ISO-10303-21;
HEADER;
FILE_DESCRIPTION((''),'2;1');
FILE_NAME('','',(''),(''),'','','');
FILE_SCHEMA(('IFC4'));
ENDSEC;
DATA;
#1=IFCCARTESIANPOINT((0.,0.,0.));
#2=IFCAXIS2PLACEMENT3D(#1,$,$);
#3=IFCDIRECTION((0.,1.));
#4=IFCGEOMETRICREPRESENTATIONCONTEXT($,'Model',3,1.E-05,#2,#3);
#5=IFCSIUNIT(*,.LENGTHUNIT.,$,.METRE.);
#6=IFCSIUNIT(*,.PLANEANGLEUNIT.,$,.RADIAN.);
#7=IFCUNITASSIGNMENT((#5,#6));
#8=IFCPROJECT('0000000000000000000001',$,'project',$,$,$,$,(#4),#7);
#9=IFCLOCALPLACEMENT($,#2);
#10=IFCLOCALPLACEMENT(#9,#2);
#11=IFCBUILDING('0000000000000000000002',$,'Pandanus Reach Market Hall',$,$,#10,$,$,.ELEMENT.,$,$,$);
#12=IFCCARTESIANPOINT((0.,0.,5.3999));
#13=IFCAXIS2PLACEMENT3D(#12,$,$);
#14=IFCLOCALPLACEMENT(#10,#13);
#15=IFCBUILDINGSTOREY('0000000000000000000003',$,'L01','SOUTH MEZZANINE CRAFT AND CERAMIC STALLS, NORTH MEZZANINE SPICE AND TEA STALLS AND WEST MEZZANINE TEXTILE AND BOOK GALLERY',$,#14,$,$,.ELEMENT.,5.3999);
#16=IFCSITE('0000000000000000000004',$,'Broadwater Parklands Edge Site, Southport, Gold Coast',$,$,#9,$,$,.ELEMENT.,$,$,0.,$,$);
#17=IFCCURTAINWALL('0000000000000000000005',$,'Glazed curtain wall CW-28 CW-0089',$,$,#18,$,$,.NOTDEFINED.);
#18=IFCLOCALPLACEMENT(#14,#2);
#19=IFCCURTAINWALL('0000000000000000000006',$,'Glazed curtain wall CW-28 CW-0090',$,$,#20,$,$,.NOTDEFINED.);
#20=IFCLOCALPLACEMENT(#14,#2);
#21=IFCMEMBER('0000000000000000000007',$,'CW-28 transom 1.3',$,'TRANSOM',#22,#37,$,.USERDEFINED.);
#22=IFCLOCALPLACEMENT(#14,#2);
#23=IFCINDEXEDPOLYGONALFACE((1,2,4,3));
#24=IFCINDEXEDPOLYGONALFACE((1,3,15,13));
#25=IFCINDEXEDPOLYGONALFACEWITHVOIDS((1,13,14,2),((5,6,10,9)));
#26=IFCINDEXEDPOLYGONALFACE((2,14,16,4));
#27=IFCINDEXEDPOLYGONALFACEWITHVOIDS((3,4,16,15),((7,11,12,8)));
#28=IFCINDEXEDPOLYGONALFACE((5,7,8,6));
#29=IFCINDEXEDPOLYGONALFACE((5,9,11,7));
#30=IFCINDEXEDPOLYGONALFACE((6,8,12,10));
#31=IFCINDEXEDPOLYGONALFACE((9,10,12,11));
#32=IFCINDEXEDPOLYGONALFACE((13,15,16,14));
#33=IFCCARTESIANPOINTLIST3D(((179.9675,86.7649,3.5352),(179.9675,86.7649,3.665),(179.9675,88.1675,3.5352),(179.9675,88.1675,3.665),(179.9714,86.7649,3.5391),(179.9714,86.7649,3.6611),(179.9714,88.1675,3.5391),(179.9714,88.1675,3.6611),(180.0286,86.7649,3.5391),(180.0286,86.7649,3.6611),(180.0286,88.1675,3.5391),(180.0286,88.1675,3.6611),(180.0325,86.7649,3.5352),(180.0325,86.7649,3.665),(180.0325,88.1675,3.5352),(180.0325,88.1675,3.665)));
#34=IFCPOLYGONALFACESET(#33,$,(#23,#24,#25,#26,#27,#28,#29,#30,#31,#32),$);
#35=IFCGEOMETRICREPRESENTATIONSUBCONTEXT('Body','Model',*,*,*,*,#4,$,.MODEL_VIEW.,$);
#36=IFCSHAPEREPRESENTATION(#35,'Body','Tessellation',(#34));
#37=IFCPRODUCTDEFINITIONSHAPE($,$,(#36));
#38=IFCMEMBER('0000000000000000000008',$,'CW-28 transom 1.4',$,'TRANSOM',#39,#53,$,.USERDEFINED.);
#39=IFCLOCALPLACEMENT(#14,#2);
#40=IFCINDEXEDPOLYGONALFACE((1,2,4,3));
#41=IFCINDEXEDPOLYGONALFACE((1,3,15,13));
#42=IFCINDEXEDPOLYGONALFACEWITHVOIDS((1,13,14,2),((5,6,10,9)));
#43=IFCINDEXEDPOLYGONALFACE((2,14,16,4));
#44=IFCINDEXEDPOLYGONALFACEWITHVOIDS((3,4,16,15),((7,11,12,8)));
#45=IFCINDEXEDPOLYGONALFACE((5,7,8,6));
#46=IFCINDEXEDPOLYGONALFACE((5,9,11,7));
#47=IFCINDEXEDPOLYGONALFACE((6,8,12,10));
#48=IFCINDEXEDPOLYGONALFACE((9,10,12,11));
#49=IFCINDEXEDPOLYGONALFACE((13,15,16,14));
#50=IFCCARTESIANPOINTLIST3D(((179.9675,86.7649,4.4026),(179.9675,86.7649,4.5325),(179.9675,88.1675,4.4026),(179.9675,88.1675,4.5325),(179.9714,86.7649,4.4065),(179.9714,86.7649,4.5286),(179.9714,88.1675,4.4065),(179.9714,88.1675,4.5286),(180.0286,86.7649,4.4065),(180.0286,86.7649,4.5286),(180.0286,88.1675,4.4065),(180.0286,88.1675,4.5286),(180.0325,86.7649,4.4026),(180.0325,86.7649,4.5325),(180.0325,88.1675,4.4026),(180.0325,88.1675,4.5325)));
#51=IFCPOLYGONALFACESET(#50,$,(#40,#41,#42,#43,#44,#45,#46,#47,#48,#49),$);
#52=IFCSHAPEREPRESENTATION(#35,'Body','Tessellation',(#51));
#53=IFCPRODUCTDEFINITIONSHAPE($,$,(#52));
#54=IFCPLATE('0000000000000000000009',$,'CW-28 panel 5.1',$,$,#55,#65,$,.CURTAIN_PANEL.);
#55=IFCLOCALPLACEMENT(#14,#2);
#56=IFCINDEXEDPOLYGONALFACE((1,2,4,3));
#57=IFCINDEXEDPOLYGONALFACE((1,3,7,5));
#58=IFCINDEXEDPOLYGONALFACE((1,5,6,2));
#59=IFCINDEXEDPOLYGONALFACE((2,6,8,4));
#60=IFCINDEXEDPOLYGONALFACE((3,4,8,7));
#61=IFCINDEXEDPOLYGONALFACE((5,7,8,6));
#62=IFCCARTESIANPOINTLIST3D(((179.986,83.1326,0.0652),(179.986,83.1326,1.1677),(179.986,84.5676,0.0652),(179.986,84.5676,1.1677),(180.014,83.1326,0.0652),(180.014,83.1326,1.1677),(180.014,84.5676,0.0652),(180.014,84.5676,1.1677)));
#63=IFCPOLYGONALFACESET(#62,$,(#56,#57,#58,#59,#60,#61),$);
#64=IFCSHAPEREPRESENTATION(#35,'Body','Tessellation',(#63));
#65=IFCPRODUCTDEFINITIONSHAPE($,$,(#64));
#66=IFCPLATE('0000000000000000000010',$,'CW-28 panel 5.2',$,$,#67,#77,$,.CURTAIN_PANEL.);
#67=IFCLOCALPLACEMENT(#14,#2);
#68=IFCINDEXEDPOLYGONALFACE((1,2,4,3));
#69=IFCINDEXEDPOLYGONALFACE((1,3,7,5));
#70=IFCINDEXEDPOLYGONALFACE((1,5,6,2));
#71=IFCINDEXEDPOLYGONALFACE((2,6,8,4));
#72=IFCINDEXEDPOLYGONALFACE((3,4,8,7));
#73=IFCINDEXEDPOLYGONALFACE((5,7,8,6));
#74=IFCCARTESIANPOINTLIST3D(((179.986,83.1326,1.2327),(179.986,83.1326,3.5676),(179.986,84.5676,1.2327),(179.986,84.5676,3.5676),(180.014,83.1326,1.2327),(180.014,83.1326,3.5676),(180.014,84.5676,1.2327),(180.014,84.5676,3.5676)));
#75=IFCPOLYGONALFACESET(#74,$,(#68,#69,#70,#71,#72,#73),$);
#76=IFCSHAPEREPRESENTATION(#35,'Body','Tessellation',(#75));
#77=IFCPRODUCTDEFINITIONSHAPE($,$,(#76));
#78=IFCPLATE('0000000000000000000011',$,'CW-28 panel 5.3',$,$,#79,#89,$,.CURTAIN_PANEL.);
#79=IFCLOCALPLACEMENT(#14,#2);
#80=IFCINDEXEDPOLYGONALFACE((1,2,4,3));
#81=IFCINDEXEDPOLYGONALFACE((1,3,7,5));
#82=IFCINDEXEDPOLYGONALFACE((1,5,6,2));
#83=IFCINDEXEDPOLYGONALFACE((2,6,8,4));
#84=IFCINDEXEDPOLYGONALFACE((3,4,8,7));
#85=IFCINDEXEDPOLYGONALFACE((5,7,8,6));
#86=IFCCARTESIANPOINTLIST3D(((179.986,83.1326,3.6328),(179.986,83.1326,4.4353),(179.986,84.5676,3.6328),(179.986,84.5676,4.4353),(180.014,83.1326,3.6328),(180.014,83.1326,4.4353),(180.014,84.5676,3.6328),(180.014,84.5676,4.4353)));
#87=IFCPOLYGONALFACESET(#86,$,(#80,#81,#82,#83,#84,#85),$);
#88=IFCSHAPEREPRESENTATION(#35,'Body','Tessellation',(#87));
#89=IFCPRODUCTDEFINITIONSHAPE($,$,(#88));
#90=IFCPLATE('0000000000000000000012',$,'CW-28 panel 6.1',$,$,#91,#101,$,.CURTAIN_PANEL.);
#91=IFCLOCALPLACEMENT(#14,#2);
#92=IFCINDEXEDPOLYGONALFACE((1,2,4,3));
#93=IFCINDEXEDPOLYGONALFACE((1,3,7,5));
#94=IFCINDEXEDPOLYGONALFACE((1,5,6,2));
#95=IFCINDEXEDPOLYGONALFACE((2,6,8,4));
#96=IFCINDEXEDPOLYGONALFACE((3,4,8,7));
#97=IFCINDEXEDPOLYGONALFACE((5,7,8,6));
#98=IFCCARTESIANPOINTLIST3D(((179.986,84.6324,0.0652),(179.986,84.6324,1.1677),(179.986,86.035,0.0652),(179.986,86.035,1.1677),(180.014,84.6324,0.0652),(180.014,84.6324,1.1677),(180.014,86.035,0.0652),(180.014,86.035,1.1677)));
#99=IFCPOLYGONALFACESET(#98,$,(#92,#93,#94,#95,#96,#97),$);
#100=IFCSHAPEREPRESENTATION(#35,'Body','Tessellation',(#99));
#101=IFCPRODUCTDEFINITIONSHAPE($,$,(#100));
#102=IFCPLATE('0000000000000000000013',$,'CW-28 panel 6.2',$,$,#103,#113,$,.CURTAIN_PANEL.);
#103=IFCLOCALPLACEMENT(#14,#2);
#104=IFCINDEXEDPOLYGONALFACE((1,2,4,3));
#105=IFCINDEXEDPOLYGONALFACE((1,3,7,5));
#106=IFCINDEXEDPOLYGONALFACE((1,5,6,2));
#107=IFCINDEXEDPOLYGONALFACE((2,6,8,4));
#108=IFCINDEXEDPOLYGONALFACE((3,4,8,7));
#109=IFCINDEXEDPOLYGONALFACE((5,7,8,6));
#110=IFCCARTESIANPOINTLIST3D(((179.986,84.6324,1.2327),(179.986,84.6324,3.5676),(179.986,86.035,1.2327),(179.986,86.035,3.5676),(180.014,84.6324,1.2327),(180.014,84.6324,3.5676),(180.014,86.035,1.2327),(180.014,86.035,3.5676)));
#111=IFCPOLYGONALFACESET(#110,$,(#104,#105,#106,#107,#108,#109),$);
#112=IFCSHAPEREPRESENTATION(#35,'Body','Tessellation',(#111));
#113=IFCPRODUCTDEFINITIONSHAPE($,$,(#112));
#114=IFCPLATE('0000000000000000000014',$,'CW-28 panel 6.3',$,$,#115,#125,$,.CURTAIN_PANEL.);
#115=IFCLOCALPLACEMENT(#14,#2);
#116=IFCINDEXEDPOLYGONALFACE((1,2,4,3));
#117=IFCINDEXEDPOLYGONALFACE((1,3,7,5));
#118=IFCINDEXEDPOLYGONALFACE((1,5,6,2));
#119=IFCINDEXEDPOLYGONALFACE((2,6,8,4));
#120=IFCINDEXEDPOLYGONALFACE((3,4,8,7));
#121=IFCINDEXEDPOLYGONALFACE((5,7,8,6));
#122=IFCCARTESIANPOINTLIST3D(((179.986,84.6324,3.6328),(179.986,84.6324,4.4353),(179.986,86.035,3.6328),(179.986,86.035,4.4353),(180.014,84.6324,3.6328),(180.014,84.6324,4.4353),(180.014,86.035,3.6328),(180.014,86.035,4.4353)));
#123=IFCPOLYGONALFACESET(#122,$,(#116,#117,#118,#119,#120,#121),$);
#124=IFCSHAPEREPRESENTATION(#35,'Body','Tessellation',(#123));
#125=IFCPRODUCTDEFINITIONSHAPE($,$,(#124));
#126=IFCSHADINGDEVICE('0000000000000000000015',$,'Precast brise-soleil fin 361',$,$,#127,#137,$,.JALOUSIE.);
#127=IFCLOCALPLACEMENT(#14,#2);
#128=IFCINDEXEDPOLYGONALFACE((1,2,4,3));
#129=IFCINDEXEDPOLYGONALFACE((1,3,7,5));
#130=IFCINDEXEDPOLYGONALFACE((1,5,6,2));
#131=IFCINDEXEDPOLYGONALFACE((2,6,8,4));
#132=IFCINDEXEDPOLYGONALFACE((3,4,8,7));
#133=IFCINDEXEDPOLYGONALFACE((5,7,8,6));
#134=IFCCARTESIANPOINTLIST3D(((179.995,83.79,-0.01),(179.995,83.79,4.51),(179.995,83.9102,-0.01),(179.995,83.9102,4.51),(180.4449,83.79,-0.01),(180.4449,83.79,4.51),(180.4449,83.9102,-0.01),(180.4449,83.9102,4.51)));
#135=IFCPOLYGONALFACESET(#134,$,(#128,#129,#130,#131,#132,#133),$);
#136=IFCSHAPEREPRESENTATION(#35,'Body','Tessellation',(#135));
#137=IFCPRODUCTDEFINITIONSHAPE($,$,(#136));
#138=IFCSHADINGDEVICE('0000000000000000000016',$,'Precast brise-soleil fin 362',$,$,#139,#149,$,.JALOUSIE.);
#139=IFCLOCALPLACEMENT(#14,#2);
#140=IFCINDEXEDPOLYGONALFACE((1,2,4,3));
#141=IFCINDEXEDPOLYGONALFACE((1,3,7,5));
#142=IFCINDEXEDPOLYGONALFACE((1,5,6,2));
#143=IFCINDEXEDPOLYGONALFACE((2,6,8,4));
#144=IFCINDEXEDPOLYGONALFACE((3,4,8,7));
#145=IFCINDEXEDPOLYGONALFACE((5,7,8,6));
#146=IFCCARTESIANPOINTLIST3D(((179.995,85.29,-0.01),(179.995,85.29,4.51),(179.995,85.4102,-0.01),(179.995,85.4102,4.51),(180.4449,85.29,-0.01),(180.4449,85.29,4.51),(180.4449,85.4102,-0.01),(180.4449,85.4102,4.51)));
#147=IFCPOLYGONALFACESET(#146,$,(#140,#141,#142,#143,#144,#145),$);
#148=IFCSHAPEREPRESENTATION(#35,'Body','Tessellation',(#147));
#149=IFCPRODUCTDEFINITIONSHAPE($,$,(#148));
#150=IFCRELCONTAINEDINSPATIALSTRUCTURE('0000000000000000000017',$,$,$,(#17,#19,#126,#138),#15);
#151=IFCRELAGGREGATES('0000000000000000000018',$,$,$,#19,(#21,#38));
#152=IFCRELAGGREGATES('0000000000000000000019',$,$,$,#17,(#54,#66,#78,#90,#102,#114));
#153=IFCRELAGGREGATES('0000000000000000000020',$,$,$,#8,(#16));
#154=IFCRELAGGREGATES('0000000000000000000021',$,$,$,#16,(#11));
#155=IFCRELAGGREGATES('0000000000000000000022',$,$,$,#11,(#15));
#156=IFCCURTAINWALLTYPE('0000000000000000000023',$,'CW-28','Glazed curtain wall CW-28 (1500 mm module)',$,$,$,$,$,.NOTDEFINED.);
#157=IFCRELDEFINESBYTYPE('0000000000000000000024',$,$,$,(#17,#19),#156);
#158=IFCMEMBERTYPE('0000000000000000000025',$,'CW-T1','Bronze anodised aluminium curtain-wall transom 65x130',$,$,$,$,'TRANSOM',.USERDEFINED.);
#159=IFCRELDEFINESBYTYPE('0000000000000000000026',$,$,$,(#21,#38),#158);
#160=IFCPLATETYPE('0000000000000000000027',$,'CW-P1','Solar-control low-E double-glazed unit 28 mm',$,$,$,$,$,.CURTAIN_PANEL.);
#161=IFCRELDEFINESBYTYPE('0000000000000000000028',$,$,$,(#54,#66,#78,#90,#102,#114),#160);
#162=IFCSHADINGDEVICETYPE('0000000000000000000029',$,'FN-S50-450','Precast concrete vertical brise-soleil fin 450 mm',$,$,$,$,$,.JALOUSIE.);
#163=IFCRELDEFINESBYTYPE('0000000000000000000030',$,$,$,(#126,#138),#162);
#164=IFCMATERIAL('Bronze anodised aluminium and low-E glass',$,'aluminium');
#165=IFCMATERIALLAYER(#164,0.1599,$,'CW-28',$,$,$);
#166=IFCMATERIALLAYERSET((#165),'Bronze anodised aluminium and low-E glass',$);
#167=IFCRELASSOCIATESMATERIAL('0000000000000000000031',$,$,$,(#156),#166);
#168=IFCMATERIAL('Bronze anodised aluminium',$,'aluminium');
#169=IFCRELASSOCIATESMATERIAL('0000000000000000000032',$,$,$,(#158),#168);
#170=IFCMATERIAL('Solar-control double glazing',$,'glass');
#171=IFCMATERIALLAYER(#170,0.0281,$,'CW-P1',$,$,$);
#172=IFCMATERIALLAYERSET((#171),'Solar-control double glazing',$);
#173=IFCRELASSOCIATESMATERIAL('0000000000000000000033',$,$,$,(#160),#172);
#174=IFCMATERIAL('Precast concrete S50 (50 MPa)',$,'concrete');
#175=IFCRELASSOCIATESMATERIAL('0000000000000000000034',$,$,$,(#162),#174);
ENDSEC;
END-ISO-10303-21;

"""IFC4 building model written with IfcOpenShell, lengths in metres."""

from ifc_helpers import new_model, si_unit, direction, frame, origin, origin_2d, place, context, subcontext, project, spatial, rectangle, hollow_rectangle, extrude, material, layer, layer_set, material_profile, profile_set, type_object, element, aggregate, save


model = new_model("IFC4")

# Units and contexts
model_context = context("Model", 3, precision=1e-05, world=origin(), true_north=direction((0.0, 1.0)))
body_context = subcontext(model_context, "Body", "Model", "MODEL_VIEW")
ifc_project = project(units=[si_unit("LENGTHUNIT", "METRE"), si_unit("PLANEANGLEUNIT", "RADIAN")], contexts=[model_context])

# Site, building, storey
site_placement = place(None, origin())
site = spatial("IfcSite", under=ifc_project, at=site_placement, Name="Broadwater Parklands Edge Site, Southport, Gold Coast", CompositionType="ELEMENT", RefElevation=0.0)
building_placement = place(site_placement, origin())
building = spatial("IfcBuilding", under=site, at=building_placement, Name="Pandanus Reach Market Hall", CompositionType="ELEMENT")
storey_placement = place(building_placement, frame((0.0, 0.0, 5.3999)))
storey = spatial("IfcBuildingStorey", under=building, at=storey_placement, Name="L01", Description="SOUTH MEZZANINE CRAFT AND CERAMIC STALLS, NORTH MEZZANINE SPICE AND TEA STALLS AND WEST MEZZANINE TEXTILE AND BOOK GALLERY", CompositionType="ELEMENT", Elevation=5.3999)

# Curtain wall
ifc_material_1 = material(Name="Bronze anodised aluminium and low-E glass", Category="aluminium")
ifc_layer_1 = layer(ifc_material_1, 0.1599, Name="CW-28")
ifc_layer_set_1 = layer_set([ifc_layer_1], Name="Bronze anodised aluminium and low-E glass")
curtain_wall_type = type_object("IfcCurtainWallType", Name="CW-28", Description="Glazed curtain wall CW-28 (1500 mm module)", PredefinedType="NOTDEFINED", material=ifc_layer_set_1)
curtain_wall_1_placement = place(storey_placement, origin())
curtain_wall_1 = element("IfcCurtainWall", 1, at=curtain_wall_1_placement, inside=storey, type_object=curtain_wall_type, Name="Glazed curtain wall CW-28 CW-0089", PredefinedType="NOTDEFINED")
ifc_material_2 = material(Name="Bronze anodised aluminium", Category="aluminium")

# Curtain wall
curtain_wall_2_placement = place(storey_placement, origin())
curtain_wall_2 = element("IfcCurtainWall", 2, at=curtain_wall_2_placement, inside=storey, type_object=curtain_wall_type, Name="Glazed curtain wall CW-28 CW-0090", PredefinedType="NOTDEFINED")

# Members
ifc_material_profile_1 = material_profile(ifc_material_2, hollow_rectangle(XDim=0.0649, YDim=0.1299, WallThickness=0.0039, at=origin_2d()), Name="ALU65x130", Category="LoadBearing")
ifc_profile_set_1 = profile_set([ifc_material_profile_1], Name="Bronze anodised aluminium")
member_type_1 = type_object("IfcMemberType", Name="CW-T1", Description="Bronze anodised aluminium curtain-wall transom 65x130", ElementType="TRANSOM", PredefinedType="USERDEFINED", material=ifc_profile_set_1)
member_1_placement = place(storey_placement, frame((180.0, 86.7649, 3.6001), z_axis=(0.0, 1.0, 0.0), x_axis=(-1.0, 0.0, 0.0)))
member_1 = element("IfcMember", 3, at=member_1_placement, type_object=member_type_1, Name="CW-28 transom 1.3", ObjectType="TRANSOM", PredefinedType="USERDEFINED", context=body_context, shape_type="SweptSolid", body=[
    extrude(hollow_rectangle(XDim=0.0649, YDim=0.1299, WallThickness=0.0039, at=origin_2d()), origin(), (0.0, 0.0, 1.0), 1.4026),
])
member_2_placement = place(storey_placement, frame((180.0, 86.7649, 4.4675), z_axis=(0.0, 1.0, 0.0), x_axis=(-1.0, 0.0, 0.0)))
member_2 = element("IfcMember", 4, at=member_2_placement, type_object=member_type_1, Name="CW-28 transom 1.4", ObjectType="TRANSOM", PredefinedType="USERDEFINED", context=body_context, shape_type="SweptSolid", body=[
    extrude(hollow_rectangle(XDim=0.0649, YDim=0.1299, WallThickness=0.0039, at=origin_2d()), origin(), (0.0, 0.0, 1.0), 1.4026),
])
aggregate(curtain_wall_2, [member_1, member_2])

# Plates
ifc_material_3 = material(Name="Solar-control double glazing", Category="glass")
ifc_layer_2 = layer(ifc_material_3, 0.0281, Name="CW-P1")
ifc_layer_set_2 = layer_set([ifc_layer_2], Name="Solar-control double glazing")
plate_type = type_object("IfcPlateType", Name="CW-P1", Description="Solar-control low-E double-glazed unit 28 mm", PredefinedType="CURTAIN_PANEL", material=ifc_layer_set_2)
plate_1_placement = place(storey_placement, frame((180.0, 83.8501, 0.0652), z_axis=(0.0, 0.0, 1.0), x_axis=(0.0, 1.0, 0.0)))
plate_1 = element("IfcPlate", 5, at=plate_1_placement, type_object=plate_type, Name="CW-28 panel 5.1", PredefinedType="CURTAIN_PANEL", context=body_context, shape_type="SweptSolid", body=[
    extrude(rectangle(XDim=1.4351, YDim=0.0281, at=origin_2d()), origin(), (0.0, 0.0, 1.0), 1.1025),
])
plate_2_placement = place(storey_placement, frame((180.0, 83.8501, 1.2327), z_axis=(0.0, 0.0, 1.0), x_axis=(0.0, 1.0, 0.0)))
plate_2 = element("IfcPlate", 6, at=plate_2_placement, type_object=plate_type, Name="CW-28 panel 5.2", PredefinedType="CURTAIN_PANEL", context=body_context, shape_type="SweptSolid", body=[
    extrude(rectangle(XDim=1.4351, YDim=0.0281, at=origin_2d()), origin(), (0.0, 0.0, 1.0), 2.335),
])
plate_3_placement = place(storey_placement, frame((180.0, 83.8501, 3.6328), z_axis=(0.0, 0.0, 1.0), x_axis=(0.0, 1.0, 0.0)))
plate_3 = element("IfcPlate", 7, at=plate_3_placement, type_object=plate_type, Name="CW-28 panel 5.3", PredefinedType="CURTAIN_PANEL", context=body_context, shape_type="SweptSolid", body=[
    extrude(rectangle(XDim=1.4351, YDim=0.0281, at=origin_2d()), origin(), (0.0, 0.0, 1.0), 0.8025),
])
plate_4_placement = place(storey_placement, frame((180.0, 85.3337, 0.0652), z_axis=(0.0, 0.0, 1.0), x_axis=(0.0, 1.0, 0.0)))
plate_4 = element("IfcPlate", 8, at=plate_4_placement, type_object=plate_type, Name="CW-28 panel 6.1", PredefinedType="CURTAIN_PANEL", context=body_context, shape_type="SweptSolid", body=[
    extrude(rectangle(XDim=1.4026, YDim=0.0281, at=origin_2d()), origin(), (0.0, 0.0, 1.0), 1.1025),
])
plate_5_placement = place(storey_placement, frame((180.0, 85.3337, 1.2327), z_axis=(0.0, 0.0, 1.0), x_axis=(0.0, 1.0, 0.0)))
plate_5 = element("IfcPlate", 9, at=plate_5_placement, type_object=plate_type, Name="CW-28 panel 6.2", PredefinedType="CURTAIN_PANEL", context=body_context, shape_type="SweptSolid", body=[
    extrude(rectangle(XDim=1.4026, YDim=0.0281, at=origin_2d()), origin(), (0.0, 0.0, 1.0), 2.335),
])
plate_6_placement = place(storey_placement, frame((180.0, 85.3337, 3.6328), z_axis=(0.0, 0.0, 1.0), x_axis=(0.0, 1.0, 0.0)))
plate_6 = element("IfcPlate", 10, at=plate_6_placement, type_object=plate_type, Name="CW-28 panel 6.3", PredefinedType="CURTAIN_PANEL", context=body_context, shape_type="SweptSolid", body=[
    extrude(rectangle(XDim=1.4026, YDim=0.0281, at=origin_2d()), origin(), (0.0, 0.0, 1.0), 0.8025),
])
aggregate(curtain_wall_1, [plate_1, plate_2, plate_3, plate_4, plate_5, plate_6])

# Shading devices
ifc_material_4 = material(Name="Precast concrete S50 (50 MPa)", Category="concrete")
shading_device_type = type_object("IfcShadingDeviceType", Name="FN-S50-450", Description="Precast concrete vertical brise-soleil fin 450 mm", PredefinedType="JALOUSIE", material=ifc_material_4)
for number, where, z_axis, x_axis, name in (
    (11, (180.22, 83.8501, -0.01), (0.0, 0.0, 1.0), (1.0, 0.0, 0.0), "Precast brise-soleil fin 361"),
    (12, (180.22, 85.3501, -0.01), (0.0, 0.0, 1.0), (1.0, 0.0, 0.0), "Precast brise-soleil fin 362"),
):
    element("IfcShadingDevice", number, at=place(storey_placement, frame(where, z_axis=z_axis, x_axis=x_axis)), inside=storey, type_object=shading_device_type, Name=name, PredefinedType="JALOUSIE", context=body_context, shape_type="SweptSolid", body=[
        extrude(rectangle(XDim=0.45, YDim=0.1201, at=origin_2d()), origin(), (0.0, 0.0, 1.0), 4.52),
    ])

save(model, "model.ifc")
